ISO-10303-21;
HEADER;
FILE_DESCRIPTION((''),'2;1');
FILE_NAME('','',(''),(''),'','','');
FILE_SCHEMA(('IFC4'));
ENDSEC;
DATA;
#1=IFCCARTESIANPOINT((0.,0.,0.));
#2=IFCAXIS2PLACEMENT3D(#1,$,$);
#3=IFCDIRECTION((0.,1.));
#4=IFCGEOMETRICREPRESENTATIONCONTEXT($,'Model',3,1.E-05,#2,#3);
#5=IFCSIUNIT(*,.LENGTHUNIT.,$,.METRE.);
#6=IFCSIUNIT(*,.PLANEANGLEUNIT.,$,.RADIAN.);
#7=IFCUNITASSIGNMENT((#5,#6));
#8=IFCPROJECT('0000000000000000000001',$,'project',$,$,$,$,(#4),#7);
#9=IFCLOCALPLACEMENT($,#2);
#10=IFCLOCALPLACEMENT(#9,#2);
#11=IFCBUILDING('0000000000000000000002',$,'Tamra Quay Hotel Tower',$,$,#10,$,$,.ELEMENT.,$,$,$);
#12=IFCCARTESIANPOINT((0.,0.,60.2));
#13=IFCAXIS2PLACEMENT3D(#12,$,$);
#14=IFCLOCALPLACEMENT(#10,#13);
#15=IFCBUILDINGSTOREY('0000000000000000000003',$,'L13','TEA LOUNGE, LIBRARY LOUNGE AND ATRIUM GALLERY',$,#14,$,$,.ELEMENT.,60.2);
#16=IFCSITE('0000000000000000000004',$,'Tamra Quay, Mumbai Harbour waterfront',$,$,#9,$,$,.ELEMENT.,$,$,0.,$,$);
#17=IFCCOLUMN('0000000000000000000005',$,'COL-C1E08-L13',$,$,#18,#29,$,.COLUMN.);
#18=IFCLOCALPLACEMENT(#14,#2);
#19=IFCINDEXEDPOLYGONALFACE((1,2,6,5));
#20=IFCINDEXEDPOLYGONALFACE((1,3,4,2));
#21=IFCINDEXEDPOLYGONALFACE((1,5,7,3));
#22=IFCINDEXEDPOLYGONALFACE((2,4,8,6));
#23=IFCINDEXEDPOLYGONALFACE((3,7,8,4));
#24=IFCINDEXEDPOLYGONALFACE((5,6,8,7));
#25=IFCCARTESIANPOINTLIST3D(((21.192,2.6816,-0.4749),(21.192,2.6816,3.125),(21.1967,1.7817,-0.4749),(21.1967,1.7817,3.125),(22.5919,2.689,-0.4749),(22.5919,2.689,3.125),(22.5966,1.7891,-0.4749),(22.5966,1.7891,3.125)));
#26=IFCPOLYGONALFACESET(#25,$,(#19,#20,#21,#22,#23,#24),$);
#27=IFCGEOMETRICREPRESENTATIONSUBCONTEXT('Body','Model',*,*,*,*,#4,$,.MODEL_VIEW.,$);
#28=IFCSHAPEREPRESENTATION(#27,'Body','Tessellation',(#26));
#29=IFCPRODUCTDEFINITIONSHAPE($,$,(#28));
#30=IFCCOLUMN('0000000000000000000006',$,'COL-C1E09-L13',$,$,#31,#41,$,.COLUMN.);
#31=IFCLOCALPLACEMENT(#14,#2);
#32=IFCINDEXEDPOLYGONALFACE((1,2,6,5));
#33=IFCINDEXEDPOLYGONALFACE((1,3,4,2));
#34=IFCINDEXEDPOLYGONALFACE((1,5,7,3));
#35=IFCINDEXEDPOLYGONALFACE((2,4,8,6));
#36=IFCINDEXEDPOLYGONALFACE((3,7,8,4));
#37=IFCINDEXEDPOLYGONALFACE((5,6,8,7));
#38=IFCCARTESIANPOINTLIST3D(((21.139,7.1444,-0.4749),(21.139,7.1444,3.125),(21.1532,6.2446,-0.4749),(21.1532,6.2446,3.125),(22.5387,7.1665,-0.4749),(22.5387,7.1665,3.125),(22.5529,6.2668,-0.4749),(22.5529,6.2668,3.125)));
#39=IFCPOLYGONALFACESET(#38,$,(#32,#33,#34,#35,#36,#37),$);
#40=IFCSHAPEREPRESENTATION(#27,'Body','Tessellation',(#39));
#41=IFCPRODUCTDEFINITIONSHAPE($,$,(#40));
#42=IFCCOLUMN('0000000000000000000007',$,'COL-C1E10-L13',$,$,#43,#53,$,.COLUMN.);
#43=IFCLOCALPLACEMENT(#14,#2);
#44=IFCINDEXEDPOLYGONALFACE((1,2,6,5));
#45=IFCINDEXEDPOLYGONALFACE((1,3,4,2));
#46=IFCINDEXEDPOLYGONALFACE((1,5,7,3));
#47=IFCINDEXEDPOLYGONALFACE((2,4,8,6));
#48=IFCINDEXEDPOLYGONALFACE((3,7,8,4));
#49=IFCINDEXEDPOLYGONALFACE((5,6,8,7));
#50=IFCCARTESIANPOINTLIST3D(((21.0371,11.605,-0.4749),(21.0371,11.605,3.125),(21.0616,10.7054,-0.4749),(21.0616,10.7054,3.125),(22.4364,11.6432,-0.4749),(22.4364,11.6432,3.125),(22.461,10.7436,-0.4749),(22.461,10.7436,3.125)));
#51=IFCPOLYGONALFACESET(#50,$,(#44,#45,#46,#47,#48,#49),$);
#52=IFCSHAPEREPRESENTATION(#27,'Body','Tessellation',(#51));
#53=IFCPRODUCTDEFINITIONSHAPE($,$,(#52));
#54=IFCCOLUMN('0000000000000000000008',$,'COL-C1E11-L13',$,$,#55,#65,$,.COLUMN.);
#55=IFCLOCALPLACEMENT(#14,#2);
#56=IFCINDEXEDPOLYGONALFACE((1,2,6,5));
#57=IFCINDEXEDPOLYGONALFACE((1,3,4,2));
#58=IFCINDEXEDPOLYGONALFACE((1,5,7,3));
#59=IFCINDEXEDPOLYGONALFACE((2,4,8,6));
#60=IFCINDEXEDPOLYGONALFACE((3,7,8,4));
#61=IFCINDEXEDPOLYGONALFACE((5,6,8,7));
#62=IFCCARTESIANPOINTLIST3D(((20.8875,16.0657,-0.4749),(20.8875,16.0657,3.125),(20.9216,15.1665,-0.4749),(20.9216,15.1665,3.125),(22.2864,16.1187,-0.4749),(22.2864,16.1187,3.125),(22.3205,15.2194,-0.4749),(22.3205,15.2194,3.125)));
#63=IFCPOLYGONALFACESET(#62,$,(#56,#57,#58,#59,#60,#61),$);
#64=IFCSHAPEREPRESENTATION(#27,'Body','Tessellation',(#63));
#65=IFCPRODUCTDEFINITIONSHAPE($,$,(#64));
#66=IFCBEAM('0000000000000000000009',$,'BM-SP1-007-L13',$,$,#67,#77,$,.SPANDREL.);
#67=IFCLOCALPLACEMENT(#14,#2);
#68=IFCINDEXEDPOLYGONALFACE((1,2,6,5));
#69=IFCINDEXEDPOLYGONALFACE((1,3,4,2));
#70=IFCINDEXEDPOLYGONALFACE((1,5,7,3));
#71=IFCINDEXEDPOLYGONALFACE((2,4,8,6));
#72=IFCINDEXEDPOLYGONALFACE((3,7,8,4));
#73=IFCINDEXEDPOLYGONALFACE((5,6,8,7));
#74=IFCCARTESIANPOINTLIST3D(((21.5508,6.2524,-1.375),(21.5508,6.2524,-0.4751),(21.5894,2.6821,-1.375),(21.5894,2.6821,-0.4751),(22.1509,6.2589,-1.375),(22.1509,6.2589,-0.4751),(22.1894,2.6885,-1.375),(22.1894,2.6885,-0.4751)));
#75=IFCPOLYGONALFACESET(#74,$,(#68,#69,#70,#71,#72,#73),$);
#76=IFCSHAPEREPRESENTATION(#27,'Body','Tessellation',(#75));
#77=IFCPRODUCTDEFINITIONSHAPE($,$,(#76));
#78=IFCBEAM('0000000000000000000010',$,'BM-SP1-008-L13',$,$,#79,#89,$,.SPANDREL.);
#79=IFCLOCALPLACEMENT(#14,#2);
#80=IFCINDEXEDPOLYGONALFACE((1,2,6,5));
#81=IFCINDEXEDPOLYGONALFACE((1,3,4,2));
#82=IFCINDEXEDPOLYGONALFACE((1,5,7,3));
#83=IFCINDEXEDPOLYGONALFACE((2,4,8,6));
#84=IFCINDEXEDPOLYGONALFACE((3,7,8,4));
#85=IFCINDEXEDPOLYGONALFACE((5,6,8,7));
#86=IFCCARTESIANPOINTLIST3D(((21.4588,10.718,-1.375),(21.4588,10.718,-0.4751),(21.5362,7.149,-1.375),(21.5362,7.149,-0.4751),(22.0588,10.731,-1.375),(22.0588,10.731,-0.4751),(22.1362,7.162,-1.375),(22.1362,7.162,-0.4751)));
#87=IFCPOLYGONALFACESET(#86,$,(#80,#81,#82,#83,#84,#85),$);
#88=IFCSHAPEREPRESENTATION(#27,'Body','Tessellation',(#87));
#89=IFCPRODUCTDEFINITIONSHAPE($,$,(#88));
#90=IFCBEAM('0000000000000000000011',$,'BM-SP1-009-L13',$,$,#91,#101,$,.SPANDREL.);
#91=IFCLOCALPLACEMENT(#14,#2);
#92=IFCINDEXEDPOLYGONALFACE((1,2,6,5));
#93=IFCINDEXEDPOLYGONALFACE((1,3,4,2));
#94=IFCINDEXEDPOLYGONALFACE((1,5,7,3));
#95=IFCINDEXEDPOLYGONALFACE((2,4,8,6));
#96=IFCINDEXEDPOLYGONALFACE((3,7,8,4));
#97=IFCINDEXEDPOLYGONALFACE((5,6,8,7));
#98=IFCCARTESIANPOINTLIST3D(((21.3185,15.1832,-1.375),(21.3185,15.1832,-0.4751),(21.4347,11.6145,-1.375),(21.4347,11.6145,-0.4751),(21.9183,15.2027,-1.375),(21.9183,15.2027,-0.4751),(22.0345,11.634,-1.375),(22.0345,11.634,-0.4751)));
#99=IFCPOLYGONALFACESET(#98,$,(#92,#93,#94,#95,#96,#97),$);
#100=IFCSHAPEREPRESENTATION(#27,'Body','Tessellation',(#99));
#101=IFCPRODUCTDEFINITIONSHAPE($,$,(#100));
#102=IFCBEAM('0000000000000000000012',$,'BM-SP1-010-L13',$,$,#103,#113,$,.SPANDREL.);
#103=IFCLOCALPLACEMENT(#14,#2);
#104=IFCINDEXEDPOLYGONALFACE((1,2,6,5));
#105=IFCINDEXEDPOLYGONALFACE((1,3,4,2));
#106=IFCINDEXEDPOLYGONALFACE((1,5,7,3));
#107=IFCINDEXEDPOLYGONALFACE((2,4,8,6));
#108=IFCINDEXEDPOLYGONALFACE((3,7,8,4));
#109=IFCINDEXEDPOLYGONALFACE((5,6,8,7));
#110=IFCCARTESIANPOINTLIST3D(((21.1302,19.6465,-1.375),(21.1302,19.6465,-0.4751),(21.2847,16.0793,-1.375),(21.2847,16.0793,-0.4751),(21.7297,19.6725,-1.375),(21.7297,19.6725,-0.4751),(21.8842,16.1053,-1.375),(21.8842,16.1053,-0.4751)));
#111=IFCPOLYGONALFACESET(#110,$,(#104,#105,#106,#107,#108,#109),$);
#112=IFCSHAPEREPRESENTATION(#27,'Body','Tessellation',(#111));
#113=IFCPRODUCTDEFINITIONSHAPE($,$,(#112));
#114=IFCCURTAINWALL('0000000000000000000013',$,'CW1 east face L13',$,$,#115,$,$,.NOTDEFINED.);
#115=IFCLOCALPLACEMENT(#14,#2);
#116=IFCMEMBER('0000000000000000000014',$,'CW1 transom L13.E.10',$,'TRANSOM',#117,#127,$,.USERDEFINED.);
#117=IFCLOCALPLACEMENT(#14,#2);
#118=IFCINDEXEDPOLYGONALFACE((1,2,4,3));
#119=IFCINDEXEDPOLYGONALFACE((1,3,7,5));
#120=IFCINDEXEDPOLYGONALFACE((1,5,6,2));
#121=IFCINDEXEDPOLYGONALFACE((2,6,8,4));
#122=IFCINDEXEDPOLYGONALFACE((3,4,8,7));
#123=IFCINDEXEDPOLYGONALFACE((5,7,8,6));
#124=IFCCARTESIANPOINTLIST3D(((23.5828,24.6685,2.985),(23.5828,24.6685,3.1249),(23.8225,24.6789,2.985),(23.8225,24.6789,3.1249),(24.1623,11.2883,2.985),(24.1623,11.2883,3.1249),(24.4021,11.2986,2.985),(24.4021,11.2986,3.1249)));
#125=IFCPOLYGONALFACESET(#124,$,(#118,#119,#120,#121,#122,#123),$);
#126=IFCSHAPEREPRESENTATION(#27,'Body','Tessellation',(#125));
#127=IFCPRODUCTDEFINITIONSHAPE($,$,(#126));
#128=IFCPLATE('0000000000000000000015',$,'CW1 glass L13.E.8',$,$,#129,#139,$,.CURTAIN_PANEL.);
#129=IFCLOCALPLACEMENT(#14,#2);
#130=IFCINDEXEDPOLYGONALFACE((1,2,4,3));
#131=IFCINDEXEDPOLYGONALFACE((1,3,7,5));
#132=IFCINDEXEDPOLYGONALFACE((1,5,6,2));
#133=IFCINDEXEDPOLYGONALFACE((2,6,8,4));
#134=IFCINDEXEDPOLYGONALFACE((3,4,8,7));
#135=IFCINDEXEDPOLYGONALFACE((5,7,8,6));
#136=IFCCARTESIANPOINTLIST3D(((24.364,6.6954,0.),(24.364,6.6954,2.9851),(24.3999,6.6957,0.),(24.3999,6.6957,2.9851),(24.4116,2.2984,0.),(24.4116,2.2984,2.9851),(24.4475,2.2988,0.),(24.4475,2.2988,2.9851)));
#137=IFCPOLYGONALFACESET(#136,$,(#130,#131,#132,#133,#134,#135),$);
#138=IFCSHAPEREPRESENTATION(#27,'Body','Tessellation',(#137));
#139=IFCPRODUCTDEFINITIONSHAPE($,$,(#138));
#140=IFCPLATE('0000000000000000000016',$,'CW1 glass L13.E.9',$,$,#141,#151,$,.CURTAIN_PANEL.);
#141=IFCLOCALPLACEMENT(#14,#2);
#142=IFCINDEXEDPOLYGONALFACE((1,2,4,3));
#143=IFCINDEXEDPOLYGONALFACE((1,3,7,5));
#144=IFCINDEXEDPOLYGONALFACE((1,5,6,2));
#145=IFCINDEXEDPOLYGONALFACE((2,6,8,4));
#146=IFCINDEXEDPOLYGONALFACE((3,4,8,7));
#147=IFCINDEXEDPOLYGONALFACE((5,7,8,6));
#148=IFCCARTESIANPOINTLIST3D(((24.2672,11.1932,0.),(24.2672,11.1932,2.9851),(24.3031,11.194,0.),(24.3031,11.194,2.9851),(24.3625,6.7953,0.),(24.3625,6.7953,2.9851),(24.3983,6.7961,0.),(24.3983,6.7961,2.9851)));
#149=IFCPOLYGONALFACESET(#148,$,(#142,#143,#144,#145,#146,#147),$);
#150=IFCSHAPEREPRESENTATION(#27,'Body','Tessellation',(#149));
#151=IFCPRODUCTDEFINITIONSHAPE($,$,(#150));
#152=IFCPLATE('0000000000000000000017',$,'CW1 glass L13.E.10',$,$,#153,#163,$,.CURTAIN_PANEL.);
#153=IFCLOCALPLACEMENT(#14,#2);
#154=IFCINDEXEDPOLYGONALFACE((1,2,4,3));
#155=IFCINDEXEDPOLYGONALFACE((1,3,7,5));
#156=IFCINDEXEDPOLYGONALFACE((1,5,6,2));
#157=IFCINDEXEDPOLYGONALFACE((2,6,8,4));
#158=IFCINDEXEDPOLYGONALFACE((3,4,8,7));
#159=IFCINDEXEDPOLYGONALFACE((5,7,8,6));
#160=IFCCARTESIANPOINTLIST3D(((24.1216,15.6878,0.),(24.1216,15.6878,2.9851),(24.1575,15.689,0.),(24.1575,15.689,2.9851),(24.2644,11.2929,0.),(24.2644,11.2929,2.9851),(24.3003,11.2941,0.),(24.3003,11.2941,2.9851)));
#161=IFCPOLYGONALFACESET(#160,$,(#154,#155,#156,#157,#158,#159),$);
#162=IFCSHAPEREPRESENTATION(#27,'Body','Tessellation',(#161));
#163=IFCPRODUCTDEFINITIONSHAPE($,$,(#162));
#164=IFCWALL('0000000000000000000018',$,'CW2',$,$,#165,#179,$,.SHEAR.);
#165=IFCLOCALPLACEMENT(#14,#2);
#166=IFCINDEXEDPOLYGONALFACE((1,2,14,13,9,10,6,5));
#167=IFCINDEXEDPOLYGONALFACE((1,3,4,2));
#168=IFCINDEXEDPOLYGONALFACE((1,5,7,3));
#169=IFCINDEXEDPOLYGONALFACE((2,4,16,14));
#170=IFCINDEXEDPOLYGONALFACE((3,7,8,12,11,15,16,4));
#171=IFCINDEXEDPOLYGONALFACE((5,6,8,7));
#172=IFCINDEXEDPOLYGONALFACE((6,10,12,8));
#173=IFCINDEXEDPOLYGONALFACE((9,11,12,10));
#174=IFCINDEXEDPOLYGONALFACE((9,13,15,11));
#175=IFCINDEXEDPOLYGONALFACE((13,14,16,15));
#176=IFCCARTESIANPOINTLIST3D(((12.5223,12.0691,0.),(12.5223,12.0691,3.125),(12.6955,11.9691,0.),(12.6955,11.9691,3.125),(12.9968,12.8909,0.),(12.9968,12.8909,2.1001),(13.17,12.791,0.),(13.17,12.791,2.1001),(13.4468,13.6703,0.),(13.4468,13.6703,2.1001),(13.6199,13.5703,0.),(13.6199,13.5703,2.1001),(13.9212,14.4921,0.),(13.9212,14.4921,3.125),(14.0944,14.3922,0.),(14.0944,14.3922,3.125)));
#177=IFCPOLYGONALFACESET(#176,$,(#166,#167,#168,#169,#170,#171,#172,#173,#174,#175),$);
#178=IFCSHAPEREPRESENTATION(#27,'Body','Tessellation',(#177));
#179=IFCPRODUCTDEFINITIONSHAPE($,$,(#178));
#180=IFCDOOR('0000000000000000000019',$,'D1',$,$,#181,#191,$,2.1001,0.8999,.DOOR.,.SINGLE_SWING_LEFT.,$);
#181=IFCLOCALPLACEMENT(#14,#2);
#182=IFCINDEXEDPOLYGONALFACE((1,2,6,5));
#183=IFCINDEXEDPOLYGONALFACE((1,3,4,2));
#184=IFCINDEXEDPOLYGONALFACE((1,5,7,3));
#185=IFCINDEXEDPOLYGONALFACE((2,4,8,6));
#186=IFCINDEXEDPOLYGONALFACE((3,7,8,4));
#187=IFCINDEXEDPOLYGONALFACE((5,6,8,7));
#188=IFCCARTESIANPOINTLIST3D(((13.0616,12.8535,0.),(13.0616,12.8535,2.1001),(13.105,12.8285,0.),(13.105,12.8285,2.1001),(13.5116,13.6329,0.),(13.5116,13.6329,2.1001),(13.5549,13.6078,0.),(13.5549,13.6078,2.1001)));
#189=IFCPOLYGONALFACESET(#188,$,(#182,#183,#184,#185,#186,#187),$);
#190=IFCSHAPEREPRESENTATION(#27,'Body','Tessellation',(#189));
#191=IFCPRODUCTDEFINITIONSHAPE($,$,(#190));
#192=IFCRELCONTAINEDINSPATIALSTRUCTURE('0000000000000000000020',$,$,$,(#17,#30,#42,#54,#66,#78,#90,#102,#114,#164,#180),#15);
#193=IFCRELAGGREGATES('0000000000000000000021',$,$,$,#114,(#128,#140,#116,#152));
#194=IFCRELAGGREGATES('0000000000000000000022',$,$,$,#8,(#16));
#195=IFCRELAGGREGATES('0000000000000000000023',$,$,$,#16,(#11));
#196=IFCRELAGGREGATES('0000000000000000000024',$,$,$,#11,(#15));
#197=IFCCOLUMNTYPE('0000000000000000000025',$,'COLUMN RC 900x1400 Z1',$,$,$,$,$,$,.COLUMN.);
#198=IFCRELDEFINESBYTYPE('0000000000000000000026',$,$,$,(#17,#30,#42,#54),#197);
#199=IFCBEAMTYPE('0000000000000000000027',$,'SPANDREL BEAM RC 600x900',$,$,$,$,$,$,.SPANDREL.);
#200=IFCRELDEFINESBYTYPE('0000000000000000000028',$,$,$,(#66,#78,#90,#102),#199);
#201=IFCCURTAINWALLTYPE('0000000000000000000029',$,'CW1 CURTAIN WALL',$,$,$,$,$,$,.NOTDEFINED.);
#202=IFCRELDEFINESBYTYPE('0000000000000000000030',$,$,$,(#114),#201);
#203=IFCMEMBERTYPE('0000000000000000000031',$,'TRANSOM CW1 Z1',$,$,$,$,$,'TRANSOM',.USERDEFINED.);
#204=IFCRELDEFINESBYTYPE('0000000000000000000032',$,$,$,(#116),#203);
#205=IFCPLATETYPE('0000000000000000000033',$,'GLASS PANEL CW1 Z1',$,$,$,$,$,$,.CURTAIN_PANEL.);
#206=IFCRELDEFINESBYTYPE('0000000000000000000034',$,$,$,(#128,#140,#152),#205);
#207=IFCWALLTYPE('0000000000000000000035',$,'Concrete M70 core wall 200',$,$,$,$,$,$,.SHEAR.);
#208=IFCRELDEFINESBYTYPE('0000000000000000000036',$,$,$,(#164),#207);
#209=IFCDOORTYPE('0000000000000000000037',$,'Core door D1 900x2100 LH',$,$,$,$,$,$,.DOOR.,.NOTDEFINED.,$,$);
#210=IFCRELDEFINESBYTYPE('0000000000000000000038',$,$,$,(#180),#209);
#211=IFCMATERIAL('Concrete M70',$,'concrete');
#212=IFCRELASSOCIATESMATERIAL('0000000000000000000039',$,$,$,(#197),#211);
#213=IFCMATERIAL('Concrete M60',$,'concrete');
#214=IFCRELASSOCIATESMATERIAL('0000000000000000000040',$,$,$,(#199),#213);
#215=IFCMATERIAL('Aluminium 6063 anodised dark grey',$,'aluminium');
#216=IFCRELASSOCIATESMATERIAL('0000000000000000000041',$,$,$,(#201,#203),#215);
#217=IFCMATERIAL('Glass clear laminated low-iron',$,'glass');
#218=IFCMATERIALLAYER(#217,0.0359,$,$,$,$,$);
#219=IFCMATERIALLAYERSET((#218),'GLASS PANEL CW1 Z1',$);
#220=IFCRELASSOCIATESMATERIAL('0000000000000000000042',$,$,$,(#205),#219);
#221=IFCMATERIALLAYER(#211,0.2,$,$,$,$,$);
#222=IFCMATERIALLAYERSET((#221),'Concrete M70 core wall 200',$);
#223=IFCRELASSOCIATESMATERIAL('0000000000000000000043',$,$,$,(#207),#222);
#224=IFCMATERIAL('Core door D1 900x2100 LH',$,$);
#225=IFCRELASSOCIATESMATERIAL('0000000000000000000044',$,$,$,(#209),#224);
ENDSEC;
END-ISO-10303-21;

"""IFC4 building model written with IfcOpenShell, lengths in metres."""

from ifc_helpers import new_model, si_unit, direction, frame, frame_2d, origin, origin_2d, place, context, subcontext, project, spatial, rectangle, extrude, material, layer, layer_set, material_profile, profile_set, type_object, element, fill, aggregate, save


model = new_model("IFC4")

# Units and contexts
model_context = context("Model", 3, precision=1e-05, world=origin(), true_north=direction((0.0, 1.0)))
body_context = subcontext(model_context, "Body", "Model", "MODEL_VIEW")
ifc_project = project(units=[si_unit("LENGTHUNIT", "METRE"), si_unit("PLANEANGLEUNIT", "RADIAN")], contexts=[model_context])

# Site, building, storey
site_placement = place(None, origin())
site = spatial("IfcSite", under=ifc_project, at=site_placement, Name="Tamra Quay, Mumbai Harbour waterfront", CompositionType="ELEMENT", RefElevation=0.0)
building_placement = place(site_placement, origin())
building = spatial("IfcBuilding", under=site, at=building_placement, Name="Tamra Quay Hotel Tower", CompositionType="ELEMENT")
storey_placement = place(building_placement, frame((0.0, 0.0, 60.2)))
storey = spatial("IfcBuildingStorey", under=building, at=storey_placement, Name="L13", Description="TEA LOUNGE, LIBRARY LOUNGE AND ATRIUM GALLERY", CompositionType="ELEMENT", Elevation=60.2)

# Columns
ifc_material_1 = material(Name="Concrete M70", Category="concrete")
ifc_material_profile_1 = material_profile(ifc_material_1, rectangle(XDim=1.3999, YDim=0.8999, at=origin_2d()), Name="COLUMN RC 900x1400 Z1")
ifc_profile_set_1 = profile_set([ifc_material_profile_1], Name="Concrete M70")
column_type = type_object("IfcColumnType", Name="COLUMN RC 900x1400 Z1", PredefinedType="COLUMN", material=ifc_profile_set_1)
for number, where, z_axis, x_axis, name in (
    (1, (21.8943, 2.2354, -0.4749), (0.0, 0.0, 1.0), (0.999986, 0.00528, 0.0), "COL-C1E08-L13"),
    (2, (21.8459, 6.7056, -0.4749), (0.0, 0.0, 1.0), (0.999875, 0.015838, 0.0), "COL-C1E09-L13"),
    (3, (21.749, 11.1743, -0.4749), (0.0, 0.0, 1.0), (0.999628, 0.027269, 0.0), "COL-C1E10-L13"),
    (4, (21.604, 15.6426, -0.4749), (0.0, 0.0, 1.0), (0.999285, 0.037812, 0.0), "COL-C1E11-L13"),
):
    element("IfcColumn", number, at=place(storey_placement, frame(where, z_axis=z_axis, x_axis=x_axis)), inside=storey, type_object=column_type, Name=name, PredefinedType="COLUMN", context=body_context, shape_type="SweptSolid", body=[
        extrude(rectangle(XDim=1.3999, YDim=0.8999, at=origin_2d()), origin(), (0.0, 0.0, 1.0), 3.5999),
    ])

# Beams
ifc_material_2 = material(Name="Concrete M60", Category="concrete")
ifc_material_profile_2 = material_profile(ifc_material_2, rectangle(XDim=0.6001, YDim=0.8999, at=origin_2d()), Name="SPANDREL BEAM RC 600x900")
ifc_profile_set_2 = profile_set([ifc_material_profile_2], Name="Concrete M60")
beam_type = type_object("IfcBeamType", Name="SPANDREL BEAM RC 600x900", PredefinedType="SPANDREL", material=ifc_profile_set_2)
beam_1_placement = place(storey_placement, frame((21.8894, 2.6853, -0.925), z_axis=(-0.010804, 0.999942, 0.0), x_axis=(-0.999942, -0.010804, 0.0)))
element("IfcBeam", 5, at=beam_1_placement, inside=storey, type_object=beam_type, Name="BM-SP1-007-L13", PredefinedType="SPANDREL", context=body_context, shape_type="SweptSolid", body=[
    extrude(rectangle(XDim=0.6001, YDim=0.8999, at=origin_2d()), origin(), (0.0, 0.0, 1.0), 3.5706),
])
beam_2_placement = place(storey_placement, frame((21.8362, 7.1555, -0.925), z_axis=(-0.021679, 0.999765, 0.0), x_axis=(-0.999765, -0.021679, 0.0)))
element("IfcBeam", 6, at=beam_2_placement, inside=storey, type_object=beam_type, Name="BM-SP1-008-L13", PredefinedType="SPANDREL", context=body_context, shape_type="SweptSolid", body=[
    extrude(rectangle(XDim=0.6001, YDim=0.8999, at=origin_2d()), origin(), (0.0, 0.0, 1.0), 3.5698),
])
for number, where, z_axis, x_axis, name in (
    (7, (21.7346, 11.6243, -0.925), (-0.032548, 0.99947, 0.0), (-0.99947, -0.032548, 0.0), "BM-SP1-009-L13"),
    (8, (21.5845, 16.0923, -0.925), (-0.043283, 0.999063, 0.0), (-0.999063, -0.043283, 0.0), "BM-SP1-010-L13"),
):
    element("IfcBeam", number, at=place(storey_placement, frame(where, z_axis=z_axis, x_axis=x_axis)), inside=storey, type_object=beam_type, Name=name, PredefinedType="SPANDREL", context=body_context, shape_type="SweptSolid", body=[
        extrude(rectangle(XDim=0.6001, YDim=0.8999, at=origin_2d()), origin(), (0.0, 0.0, 1.0), 3.5706),
    ])

# Curtain wall, member, plates
ifc_material_3 = material(Name="Aluminium 6063 anodised dark grey", Category="aluminium")
curtain_wall_type = type_object("IfcCurtainWallType", Name="CW1 CURTAIN WALL", PredefinedType="NOTDEFINED", material=ifc_material_3)
curtain_wall_placement = place(storey_placement, origin())
curtain_wall = element("IfcCurtainWall", 9, at=curtain_wall_placement, inside=storey, type_object=curtain_wall_type, Name="CW1 east face L13", PredefinedType="NOTDEFINED")
ifc_material_profile_3 = material_profile(ifc_material_3, rectangle(XDim=0.24, YDim=0.1399, at=origin_2d()), Name="TRANSOM 240X140")
ifc_profile_set_3 = profile_set([ifc_material_profile_3], Name="Aluminium 6063 anodised dark grey")
member_type = type_object("IfcMemberType", Name="TRANSOM CW1 Z1", ElementType="TRANSOM", PredefinedType="USERDEFINED", material=ifc_profile_set_3)
member_placement = place(storey_placement, frame((24.2822, 11.2935, 3.0549), z_axis=(-0.043276, 0.999063, 0.0), x_axis=(-0.999063, -0.043276, 0.0)))
member = element("IfcMember", 10, at=member_placement, type_object=member_type, Name="CW1 transom L13.E.10", ObjectType="TRANSOM", PredefinedType="USERDEFINED", context=body_context, shape_type="SweptSolid", body=[
    extrude(rectangle(XDim=0.24, YDim=0.1399, at=origin_2d()), origin(), (0.0, 0.0, 1.0), 13.3928),
])
ifc_material_4 = material(Name="Glass clear laminated low-iron", Category="glass")
ifc_layer_1 = layer(ifc_material_4, 0.0359)
ifc_layer_set_1 = layer_set([ifc_layer_1], Name="GLASS PANEL CW1 Z1")
plate_type = type_object("IfcPlateType", Name="GLASS PANEL CW1 Z1", PredefinedType="CURTAIN_PANEL", material=ifc_layer_set_1)
plate_1_placement = place(storey_placement, frame((24.4058, 4.4971, 0.0), z_axis=(0.0, 0.0, 1.0), x_axis=(-0.010836, 0.999941, 0.0)))
plate_1 = element("IfcPlate", 11, at=plate_1_placement, type_object=plate_type, Name="CW1 glass L13.E.8", PredefinedType="CURTAIN_PANEL", context=body_context, shape_type="SweptSolid", body=[
    extrude(rectangle(XDim=4.3972, YDim=0.0359, at=origin_2d()), origin(), (0.0, 0.0, 1.0), 2.9851),
])
plate_2_placement = place(storey_placement, frame((24.3328, 8.9946, 0.0), z_axis=(0.0, 0.0, 1.0), x_axis=(-0.021657, 0.999765, 0.0)))
plate_2 = element("IfcPlate", 12, at=plate_2_placement, type_object=plate_type, Name="CW1 glass L13.E.9", PredefinedType="CURTAIN_PANEL", context=body_context, shape_type="SweptSolid", body=[
    extrude(rectangle(XDim=4.3989, YDim=0.0359, at=origin_2d()), origin(), (0.0, 0.0, 1.0), 2.9851),
])
plate_3_placement = place(storey_placement, frame((24.2109, 13.491, 0.0), z_axis=(0.0, 0.0, 1.0), x_axis=(-0.032475, 0.999473, 0.0)))
plate_3 = element("IfcPlate", 13, at=plate_3_placement, type_object=plate_type, Name="CW1 glass L13.E.10", PredefinedType="CURTAIN_PANEL", context=body_context, shape_type="SweptSolid", body=[
    extrude(rectangle(XDim=4.3972, YDim=0.0359, at=origin_2d()), origin(), (0.0, 0.0, 1.0), 2.9851),
])
aggregate(curtain_wall, [plate_1, plate_2, member, plate_3])

# Wall, opening, door
ifc_layer_2 = layer(ifc_material_1, 0.2)
ifc_layer_set_2 = layer_set([ifc_layer_2], Name="Concrete M70 core wall 200")
wall_type_1 = type_object("IfcWallType", Name="Concrete M70 core wall 200", PredefinedType="SHEAR", material=ifc_layer_set_2)
wall_1_placement = place(storey_placement, frame((14.0078, 14.4421, 0.0), z_axis=(0.0, 0.0, 1.0), x_axis=(-0.499987, -0.866033, 0.0)))
wall_1 = element("IfcWall", 14, at=wall_1_placement, inside=storey, type_object=wall_type_1, Name="CW2", PredefinedType="SHEAR", context=body_context, shape_type="SweptSolid", body=[
    extrude(rectangle(XDim=2.7979, YDim=0.2, at=frame_2d((1.3989, 0.0))), origin(), (0.0, 0.0, 1.0), 3.125),
])
opening_placement = place(wall_1_placement, frame((0.949, 0.0, 0.0)))
opening = element("IfcOpeningElement", 15, at=opening_placement, cuts=wall_1, PredefinedType="OPENING", context=body_context, shape_type="SweptSolid", body=[
    extrude(rectangle(XDim=0.8999, YDim=2.1001, at=frame_2d((0.45, 1.05))), frame((0.0, 0.1099, 0.0), z_axis=(0.0, -1.0, 0.0), x_axis=(1.0, 0.0, 0.0)), (0.0, 0.0, 1.0), 0.22),
])
ifc_material_5 = material(Name="Core door D1 900x2100 LH")
door_type = type_object("IfcDoorType", Name="Core door D1 900x2100 LH", OperationType="NOTDEFINED", PredefinedType="DOOR", material=ifc_material_5)
door_placement = place(opening_placement, origin())
door = element("IfcDoor", 16, at=door_placement, inside=storey, type_object=door_type, Name="D1", OperationType="SINGLE_SWING_LEFT", OverallHeight=2.1001, OverallWidth=0.8999, PredefinedType="DOOR", context=body_context, shape_type="SweptSolid", body=[
    extrude(rectangle(XDim=0.8999, YDim=2.1001, at=frame_2d((0.45, 1.05))), frame((0.0, 0.0249, 0.0), z_axis=(0.0, -1.0, 0.0), x_axis=(1.0, 0.0, 0.0)), (0.0, 0.0, 1.0), 0.05),
])
fill(opening, door)

save(model, "model.ifc")
